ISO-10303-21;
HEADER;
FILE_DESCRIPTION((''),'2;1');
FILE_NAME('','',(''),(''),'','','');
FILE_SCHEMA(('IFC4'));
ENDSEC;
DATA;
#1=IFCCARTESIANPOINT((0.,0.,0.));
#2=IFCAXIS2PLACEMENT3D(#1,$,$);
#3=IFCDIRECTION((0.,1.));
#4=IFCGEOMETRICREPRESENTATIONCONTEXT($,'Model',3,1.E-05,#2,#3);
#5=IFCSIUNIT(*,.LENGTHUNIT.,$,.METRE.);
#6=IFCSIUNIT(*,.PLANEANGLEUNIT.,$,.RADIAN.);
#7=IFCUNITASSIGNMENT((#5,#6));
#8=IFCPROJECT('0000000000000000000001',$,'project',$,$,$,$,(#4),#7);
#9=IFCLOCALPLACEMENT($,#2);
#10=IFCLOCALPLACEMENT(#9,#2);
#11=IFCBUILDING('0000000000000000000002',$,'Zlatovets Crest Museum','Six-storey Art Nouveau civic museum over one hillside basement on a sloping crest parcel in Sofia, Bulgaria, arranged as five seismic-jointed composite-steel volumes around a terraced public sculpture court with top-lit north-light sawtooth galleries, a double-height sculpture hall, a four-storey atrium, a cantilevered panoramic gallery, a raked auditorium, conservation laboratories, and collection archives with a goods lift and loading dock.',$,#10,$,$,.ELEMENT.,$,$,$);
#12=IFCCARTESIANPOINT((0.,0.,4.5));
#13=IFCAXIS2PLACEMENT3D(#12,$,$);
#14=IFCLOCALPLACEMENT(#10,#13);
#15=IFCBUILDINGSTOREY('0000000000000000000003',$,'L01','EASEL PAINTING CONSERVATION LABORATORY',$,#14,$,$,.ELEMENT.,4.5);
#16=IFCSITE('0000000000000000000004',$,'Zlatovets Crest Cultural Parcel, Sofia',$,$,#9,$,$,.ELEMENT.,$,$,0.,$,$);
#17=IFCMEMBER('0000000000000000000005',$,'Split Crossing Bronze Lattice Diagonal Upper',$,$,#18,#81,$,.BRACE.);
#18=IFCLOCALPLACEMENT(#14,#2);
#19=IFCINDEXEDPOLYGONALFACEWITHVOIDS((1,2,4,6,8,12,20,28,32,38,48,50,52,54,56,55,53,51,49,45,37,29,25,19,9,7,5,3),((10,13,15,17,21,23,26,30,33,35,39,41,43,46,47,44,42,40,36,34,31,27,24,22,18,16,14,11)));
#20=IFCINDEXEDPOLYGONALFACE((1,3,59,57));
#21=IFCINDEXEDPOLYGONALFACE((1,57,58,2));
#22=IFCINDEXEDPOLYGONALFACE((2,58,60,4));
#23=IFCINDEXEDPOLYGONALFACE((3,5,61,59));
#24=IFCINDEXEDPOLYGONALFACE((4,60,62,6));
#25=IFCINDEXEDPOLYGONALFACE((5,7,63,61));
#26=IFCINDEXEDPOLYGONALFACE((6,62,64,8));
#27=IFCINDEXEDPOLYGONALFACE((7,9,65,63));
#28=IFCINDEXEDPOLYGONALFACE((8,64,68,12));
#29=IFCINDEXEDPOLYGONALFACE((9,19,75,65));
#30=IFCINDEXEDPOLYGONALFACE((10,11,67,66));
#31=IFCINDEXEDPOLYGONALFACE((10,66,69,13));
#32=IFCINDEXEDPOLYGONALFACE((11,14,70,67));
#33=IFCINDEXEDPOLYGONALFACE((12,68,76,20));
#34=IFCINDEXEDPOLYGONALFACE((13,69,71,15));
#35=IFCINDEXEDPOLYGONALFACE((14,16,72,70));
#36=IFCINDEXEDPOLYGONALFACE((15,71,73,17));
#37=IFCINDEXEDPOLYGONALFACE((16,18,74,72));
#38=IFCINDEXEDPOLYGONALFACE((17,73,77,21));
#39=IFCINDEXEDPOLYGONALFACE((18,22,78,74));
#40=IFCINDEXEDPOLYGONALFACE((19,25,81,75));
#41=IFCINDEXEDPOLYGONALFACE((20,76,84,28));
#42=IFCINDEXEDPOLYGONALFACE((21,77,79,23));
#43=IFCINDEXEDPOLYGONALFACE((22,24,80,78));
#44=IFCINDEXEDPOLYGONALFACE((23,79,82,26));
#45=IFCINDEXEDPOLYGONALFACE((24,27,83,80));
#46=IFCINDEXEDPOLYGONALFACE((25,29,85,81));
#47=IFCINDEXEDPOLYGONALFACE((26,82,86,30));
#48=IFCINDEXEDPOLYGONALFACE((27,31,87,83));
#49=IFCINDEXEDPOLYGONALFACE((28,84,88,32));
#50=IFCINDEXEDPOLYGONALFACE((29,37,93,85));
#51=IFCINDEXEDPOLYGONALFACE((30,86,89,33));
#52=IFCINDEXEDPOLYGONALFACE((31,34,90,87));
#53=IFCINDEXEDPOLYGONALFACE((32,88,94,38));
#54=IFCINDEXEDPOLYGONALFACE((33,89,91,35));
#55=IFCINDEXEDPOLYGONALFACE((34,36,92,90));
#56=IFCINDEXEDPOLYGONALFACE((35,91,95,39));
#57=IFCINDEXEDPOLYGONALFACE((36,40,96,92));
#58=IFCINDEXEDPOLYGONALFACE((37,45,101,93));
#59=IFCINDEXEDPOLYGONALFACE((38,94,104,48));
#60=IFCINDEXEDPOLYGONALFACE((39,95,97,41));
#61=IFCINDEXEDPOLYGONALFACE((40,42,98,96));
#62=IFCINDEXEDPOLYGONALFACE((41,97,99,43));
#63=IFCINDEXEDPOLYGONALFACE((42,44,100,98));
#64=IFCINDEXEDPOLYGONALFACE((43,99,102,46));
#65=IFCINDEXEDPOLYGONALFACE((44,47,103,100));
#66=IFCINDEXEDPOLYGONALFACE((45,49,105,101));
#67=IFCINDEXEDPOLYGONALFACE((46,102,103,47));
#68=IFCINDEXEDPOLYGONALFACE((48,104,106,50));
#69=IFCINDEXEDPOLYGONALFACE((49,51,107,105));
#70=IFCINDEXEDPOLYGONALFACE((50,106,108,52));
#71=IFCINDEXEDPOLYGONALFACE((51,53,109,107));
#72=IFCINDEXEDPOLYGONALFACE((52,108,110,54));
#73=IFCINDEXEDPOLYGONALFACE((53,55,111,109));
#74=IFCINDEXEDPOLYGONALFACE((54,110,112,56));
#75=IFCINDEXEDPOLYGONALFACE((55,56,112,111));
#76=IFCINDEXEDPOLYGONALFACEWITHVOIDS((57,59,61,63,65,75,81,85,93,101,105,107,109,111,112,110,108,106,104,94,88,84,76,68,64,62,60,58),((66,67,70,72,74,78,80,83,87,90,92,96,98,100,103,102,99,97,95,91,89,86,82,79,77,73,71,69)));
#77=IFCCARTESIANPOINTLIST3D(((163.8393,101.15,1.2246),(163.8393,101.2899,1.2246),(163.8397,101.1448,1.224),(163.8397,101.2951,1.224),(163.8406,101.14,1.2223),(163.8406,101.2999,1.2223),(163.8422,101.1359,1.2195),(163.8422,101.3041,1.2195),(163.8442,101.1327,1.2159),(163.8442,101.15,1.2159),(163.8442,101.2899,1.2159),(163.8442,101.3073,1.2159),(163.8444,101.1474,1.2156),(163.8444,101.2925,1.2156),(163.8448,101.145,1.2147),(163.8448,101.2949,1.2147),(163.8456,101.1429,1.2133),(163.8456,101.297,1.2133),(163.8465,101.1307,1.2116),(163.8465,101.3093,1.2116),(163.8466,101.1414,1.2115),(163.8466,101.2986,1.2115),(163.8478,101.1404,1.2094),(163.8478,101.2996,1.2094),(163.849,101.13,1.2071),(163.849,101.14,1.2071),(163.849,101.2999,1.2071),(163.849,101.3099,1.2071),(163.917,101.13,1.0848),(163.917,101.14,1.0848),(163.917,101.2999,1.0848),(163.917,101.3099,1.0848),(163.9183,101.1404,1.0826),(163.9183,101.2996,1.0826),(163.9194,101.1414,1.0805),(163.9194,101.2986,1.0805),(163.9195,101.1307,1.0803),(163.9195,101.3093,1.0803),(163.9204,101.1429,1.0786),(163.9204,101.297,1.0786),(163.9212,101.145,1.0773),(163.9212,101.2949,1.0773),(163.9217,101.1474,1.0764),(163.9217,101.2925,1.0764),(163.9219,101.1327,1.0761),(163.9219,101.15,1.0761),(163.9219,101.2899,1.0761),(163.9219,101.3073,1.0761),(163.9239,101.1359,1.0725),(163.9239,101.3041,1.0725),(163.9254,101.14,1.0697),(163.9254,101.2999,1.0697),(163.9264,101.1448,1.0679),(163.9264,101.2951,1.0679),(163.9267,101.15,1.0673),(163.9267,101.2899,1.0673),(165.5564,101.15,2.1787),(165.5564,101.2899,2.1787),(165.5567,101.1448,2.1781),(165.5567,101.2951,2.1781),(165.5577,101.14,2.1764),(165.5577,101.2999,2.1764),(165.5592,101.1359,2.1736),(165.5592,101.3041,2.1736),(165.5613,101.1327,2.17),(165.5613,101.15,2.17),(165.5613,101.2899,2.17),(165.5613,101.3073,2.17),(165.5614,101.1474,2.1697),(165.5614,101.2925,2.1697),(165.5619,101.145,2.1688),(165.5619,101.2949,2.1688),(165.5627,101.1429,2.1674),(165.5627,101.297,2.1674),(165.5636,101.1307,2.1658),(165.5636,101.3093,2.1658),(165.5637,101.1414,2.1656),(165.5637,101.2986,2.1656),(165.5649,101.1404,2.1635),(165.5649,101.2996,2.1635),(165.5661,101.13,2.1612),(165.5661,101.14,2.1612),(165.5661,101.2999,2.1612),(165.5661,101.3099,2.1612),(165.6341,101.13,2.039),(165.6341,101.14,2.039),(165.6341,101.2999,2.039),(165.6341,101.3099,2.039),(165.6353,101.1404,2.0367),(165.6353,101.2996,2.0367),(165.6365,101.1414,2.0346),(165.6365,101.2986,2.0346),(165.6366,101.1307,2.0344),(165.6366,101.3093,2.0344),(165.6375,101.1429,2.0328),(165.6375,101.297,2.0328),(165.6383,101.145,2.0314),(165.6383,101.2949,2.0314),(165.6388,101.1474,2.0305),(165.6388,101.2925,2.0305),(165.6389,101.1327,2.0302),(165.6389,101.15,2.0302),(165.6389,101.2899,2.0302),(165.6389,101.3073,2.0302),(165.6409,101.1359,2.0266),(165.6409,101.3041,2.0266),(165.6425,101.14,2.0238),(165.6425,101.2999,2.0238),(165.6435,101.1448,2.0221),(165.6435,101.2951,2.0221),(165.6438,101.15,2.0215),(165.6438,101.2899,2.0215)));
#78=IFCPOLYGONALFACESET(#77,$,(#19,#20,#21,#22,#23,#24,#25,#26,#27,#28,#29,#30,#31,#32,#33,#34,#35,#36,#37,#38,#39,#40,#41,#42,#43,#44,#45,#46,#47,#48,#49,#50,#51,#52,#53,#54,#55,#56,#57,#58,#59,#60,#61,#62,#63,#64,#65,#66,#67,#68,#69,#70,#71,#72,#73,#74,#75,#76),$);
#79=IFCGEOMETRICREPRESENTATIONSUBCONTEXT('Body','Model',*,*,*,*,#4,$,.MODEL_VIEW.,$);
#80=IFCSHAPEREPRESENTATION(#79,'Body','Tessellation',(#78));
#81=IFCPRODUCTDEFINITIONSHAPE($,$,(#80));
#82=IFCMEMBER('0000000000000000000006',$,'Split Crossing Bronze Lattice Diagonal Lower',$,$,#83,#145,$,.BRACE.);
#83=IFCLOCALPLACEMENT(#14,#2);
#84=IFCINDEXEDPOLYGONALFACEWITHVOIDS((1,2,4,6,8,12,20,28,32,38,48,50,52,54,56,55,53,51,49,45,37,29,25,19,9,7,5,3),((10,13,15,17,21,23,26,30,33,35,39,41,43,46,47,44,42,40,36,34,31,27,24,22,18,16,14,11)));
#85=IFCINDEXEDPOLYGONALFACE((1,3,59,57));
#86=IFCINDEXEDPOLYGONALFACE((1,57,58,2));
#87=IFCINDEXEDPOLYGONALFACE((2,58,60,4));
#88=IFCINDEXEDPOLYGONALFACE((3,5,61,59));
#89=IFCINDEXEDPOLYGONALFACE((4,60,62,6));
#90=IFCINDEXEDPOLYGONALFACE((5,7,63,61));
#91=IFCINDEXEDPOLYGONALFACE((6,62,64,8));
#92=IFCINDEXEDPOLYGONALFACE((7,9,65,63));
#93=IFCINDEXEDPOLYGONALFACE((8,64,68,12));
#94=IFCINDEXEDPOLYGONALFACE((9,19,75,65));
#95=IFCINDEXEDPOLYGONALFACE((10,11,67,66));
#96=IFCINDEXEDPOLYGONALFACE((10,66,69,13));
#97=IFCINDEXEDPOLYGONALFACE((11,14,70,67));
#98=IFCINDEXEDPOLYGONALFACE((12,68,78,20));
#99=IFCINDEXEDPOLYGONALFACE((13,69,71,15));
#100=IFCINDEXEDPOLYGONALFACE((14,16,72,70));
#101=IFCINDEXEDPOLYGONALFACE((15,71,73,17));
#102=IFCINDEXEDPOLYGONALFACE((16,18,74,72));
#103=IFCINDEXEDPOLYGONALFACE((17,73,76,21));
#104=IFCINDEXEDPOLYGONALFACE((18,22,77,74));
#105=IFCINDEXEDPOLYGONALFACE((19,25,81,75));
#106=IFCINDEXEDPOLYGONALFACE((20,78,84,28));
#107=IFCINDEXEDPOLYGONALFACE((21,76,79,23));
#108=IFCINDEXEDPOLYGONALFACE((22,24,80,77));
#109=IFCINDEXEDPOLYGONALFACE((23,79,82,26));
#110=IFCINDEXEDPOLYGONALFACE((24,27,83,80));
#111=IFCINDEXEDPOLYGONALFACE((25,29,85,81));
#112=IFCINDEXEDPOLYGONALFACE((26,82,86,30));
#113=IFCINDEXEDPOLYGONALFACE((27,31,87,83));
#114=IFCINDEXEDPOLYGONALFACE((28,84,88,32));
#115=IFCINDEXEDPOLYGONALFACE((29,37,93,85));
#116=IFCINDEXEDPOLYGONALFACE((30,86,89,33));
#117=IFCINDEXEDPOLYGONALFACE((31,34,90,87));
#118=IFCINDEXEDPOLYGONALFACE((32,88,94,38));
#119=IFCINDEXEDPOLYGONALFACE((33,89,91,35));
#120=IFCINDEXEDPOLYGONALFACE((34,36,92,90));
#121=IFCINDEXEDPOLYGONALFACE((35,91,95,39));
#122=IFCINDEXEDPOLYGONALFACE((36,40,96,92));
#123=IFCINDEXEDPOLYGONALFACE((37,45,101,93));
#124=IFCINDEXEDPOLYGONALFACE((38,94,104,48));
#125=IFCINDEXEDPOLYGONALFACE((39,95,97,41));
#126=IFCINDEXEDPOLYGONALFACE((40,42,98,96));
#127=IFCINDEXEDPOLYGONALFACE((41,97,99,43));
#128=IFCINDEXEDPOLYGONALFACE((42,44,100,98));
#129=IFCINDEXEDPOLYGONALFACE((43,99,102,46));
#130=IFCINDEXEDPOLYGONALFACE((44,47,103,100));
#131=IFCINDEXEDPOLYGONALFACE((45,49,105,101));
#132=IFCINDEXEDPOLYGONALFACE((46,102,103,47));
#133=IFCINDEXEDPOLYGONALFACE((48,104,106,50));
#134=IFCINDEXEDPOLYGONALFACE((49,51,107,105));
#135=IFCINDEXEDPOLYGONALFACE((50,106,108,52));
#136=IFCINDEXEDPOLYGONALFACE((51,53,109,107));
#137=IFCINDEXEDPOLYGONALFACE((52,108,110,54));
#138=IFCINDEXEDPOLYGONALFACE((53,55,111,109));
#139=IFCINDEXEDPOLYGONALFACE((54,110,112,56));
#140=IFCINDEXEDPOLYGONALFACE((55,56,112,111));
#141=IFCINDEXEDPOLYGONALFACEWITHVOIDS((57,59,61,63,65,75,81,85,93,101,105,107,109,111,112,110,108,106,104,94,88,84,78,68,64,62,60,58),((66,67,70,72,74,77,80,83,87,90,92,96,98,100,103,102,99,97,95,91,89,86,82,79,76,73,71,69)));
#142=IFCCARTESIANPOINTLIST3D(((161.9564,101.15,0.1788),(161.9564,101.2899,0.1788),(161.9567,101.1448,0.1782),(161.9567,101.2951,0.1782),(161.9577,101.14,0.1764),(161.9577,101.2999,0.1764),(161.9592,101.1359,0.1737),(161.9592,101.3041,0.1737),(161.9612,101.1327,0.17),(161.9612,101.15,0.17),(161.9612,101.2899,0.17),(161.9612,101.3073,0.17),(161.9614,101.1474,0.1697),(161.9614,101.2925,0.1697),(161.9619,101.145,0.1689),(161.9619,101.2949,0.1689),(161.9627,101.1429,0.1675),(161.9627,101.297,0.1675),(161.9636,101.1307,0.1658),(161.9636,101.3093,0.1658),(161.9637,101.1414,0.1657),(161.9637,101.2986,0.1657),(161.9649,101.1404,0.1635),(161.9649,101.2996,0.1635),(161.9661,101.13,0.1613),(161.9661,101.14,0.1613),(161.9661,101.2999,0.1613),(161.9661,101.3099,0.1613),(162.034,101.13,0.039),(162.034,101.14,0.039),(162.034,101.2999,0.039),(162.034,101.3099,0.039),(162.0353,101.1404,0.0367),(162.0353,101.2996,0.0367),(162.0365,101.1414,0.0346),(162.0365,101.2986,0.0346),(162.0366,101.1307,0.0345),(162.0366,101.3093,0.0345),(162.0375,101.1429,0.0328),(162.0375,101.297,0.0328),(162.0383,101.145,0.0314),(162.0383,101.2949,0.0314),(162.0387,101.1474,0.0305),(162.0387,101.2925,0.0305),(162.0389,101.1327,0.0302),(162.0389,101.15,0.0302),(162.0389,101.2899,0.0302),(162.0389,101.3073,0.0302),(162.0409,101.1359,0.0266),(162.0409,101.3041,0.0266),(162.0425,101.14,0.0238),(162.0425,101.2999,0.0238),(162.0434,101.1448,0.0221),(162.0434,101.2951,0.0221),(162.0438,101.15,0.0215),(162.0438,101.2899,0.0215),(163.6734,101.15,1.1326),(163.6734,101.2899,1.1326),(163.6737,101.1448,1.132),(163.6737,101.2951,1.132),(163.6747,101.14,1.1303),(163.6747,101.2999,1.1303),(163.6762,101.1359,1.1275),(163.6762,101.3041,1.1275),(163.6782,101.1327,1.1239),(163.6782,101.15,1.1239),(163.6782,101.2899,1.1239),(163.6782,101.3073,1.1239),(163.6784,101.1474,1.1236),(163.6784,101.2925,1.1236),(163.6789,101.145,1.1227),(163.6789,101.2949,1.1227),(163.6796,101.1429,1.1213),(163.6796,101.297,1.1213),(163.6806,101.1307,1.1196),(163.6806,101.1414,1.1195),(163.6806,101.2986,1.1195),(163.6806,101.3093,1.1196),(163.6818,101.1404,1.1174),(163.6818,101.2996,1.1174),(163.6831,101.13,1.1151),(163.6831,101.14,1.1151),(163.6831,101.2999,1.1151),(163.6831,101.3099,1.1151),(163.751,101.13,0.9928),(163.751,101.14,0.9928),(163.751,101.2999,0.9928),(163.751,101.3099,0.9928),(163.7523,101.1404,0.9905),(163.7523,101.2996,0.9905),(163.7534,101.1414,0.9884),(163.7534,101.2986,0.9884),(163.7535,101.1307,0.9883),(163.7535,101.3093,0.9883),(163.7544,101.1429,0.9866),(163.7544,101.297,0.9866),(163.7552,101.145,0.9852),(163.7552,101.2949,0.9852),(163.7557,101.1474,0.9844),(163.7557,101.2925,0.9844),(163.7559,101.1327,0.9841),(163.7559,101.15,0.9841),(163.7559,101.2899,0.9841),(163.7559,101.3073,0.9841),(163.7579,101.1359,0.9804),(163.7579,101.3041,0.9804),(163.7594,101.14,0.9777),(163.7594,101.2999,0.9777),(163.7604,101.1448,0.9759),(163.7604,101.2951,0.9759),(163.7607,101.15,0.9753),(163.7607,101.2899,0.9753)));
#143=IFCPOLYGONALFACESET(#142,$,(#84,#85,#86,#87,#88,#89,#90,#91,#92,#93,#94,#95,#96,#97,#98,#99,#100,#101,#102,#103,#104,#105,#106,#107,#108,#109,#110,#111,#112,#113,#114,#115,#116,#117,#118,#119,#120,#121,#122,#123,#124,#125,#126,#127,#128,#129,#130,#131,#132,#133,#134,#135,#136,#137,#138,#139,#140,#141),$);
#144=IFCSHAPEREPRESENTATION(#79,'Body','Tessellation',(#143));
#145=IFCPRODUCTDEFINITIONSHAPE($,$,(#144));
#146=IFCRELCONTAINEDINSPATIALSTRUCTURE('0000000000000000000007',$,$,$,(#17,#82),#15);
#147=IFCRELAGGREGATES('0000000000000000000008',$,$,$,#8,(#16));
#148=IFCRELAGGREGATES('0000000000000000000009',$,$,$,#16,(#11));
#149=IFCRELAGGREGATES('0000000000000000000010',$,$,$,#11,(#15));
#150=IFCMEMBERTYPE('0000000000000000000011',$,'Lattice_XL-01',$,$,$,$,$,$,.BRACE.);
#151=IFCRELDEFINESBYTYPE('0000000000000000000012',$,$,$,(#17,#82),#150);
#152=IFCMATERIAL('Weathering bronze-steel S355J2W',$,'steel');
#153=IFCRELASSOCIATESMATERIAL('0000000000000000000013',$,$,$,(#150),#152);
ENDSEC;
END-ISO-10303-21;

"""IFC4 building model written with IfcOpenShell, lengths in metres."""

from ifc_helpers import new_model, si_unit, direction, frame, origin, origin_2d, place, context, subcontext, project, spatial, hollow_rectangle, extrude, material, material_profile, profile_set, type_object, element, save


model = new_model("IFC4")

# Units and contexts
model_context = context("Model", 3, precision=1e-05, world=origin(), true_north=direction((0.0, 1.0)))
body_context = subcontext(model_context, "Body", "Model", "MODEL_VIEW")
ifc_project = project(units=[si_unit("LENGTHUNIT", "METRE"), si_unit("PLANEANGLEUNIT", "RADIAN")], contexts=[model_context])

# Site, building, storey
site_placement = place(None, origin())
site = spatial("IfcSite", under=ifc_project, at=site_placement, Name="Zlatovets Crest Cultural Parcel, Sofia", CompositionType="ELEMENT", RefElevation=0.0)
building_placement = place(site_placement, origin())
building = spatial("IfcBuilding", under=site, at=building_placement, Name="Zlatovets Crest Museum", Description="Six-storey Art Nouveau civic museum over one hillside basement on a sloping crest parcel in Sofia, Bulgaria, arranged as five seismic-jointed composite-steel volumes around a terraced public sculpture court with top-lit north-light sawtooth galleries, a double-height sculpture hall, a four-storey atrium, a cantilevered panoramic gallery, a raked auditorium, conservation laboratories, and collection archives with a goods lift and loading dock.", CompositionType="ELEMENT")
storey_placement = place(building_placement, frame((0.0, 0.0, 4.5)))
storey = spatial("IfcBuildingStorey", under=building, at=storey_placement, Name="L01", Description="EASEL PAINTING CONSERVATION LABORATORY", CompositionType="ELEMENT", Elevation=4.5)

# Members
ifc_material_1 = material(Name="Weathering bronze-steel S355J2W", Category="steel")
ifc_material_profile_1 = material_profile(ifc_material_1, hollow_rectangle(XDim=0.1799, YDim=0.1799, WallThickness=0.01, InnerFilletRadius=0.01, OuterFilletRadius=0.02, at=origin_2d()), Name="SHS 180x180x10.0")
ifc_profile_set_1 = profile_set([ifc_material_profile_1], Name="Weathering bronze-steel S355J2W")
member_type_1 = type_object("IfcMemberType", Name="Lattice_XL-01", PredefinedType="BRACE", material=ifc_profile_set_1)
member_1_placement = place(storey_placement, frame((165.6001, 101.22, 2.1001), z_axis=(-0.874116, 0.0, -0.485717), x_axis=(0.0, -1.0, 0.0)))
element("IfcMember", 1, at=member_1_placement, inside=storey, type_object=member_type_1, Name="Split Crossing Bronze Lattice Diagonal Upper", PredefinedType="BRACE", context=body_context, shape_type="SweptSolid", body=[
    extrude(hollow_rectangle(XDim=0.1799, YDim=0.1799, WallThickness=0.01, InnerFilletRadius=0.01, OuterFilletRadius=0.02, at=origin_2d()), origin(), (0.0, 0.0, 1.0), 1.9644),
])
member_2_placement = place(storey_placement, frame((163.717, 101.22, 1.054), z_axis=(-0.874169, 0.0, -0.485622), x_axis=(0.0, -1.0, 0.0)))
element("IfcMember", 2, at=member_2_placement, inside=storey, type_object=member_type_1, Name="Split Crossing Bronze Lattice Diagonal Lower", PredefinedType="BRACE", context=body_context, shape_type="SweptSolid", body=[
    extrude(hollow_rectangle(XDim=0.1799, YDim=0.1799, WallThickness=0.01, InnerFilletRadius=0.01, OuterFilletRadius=0.02, at=origin_2d()), origin(), (0.0, 0.0, 1.0), 1.9641),
])

save(model, "model.ifc")
